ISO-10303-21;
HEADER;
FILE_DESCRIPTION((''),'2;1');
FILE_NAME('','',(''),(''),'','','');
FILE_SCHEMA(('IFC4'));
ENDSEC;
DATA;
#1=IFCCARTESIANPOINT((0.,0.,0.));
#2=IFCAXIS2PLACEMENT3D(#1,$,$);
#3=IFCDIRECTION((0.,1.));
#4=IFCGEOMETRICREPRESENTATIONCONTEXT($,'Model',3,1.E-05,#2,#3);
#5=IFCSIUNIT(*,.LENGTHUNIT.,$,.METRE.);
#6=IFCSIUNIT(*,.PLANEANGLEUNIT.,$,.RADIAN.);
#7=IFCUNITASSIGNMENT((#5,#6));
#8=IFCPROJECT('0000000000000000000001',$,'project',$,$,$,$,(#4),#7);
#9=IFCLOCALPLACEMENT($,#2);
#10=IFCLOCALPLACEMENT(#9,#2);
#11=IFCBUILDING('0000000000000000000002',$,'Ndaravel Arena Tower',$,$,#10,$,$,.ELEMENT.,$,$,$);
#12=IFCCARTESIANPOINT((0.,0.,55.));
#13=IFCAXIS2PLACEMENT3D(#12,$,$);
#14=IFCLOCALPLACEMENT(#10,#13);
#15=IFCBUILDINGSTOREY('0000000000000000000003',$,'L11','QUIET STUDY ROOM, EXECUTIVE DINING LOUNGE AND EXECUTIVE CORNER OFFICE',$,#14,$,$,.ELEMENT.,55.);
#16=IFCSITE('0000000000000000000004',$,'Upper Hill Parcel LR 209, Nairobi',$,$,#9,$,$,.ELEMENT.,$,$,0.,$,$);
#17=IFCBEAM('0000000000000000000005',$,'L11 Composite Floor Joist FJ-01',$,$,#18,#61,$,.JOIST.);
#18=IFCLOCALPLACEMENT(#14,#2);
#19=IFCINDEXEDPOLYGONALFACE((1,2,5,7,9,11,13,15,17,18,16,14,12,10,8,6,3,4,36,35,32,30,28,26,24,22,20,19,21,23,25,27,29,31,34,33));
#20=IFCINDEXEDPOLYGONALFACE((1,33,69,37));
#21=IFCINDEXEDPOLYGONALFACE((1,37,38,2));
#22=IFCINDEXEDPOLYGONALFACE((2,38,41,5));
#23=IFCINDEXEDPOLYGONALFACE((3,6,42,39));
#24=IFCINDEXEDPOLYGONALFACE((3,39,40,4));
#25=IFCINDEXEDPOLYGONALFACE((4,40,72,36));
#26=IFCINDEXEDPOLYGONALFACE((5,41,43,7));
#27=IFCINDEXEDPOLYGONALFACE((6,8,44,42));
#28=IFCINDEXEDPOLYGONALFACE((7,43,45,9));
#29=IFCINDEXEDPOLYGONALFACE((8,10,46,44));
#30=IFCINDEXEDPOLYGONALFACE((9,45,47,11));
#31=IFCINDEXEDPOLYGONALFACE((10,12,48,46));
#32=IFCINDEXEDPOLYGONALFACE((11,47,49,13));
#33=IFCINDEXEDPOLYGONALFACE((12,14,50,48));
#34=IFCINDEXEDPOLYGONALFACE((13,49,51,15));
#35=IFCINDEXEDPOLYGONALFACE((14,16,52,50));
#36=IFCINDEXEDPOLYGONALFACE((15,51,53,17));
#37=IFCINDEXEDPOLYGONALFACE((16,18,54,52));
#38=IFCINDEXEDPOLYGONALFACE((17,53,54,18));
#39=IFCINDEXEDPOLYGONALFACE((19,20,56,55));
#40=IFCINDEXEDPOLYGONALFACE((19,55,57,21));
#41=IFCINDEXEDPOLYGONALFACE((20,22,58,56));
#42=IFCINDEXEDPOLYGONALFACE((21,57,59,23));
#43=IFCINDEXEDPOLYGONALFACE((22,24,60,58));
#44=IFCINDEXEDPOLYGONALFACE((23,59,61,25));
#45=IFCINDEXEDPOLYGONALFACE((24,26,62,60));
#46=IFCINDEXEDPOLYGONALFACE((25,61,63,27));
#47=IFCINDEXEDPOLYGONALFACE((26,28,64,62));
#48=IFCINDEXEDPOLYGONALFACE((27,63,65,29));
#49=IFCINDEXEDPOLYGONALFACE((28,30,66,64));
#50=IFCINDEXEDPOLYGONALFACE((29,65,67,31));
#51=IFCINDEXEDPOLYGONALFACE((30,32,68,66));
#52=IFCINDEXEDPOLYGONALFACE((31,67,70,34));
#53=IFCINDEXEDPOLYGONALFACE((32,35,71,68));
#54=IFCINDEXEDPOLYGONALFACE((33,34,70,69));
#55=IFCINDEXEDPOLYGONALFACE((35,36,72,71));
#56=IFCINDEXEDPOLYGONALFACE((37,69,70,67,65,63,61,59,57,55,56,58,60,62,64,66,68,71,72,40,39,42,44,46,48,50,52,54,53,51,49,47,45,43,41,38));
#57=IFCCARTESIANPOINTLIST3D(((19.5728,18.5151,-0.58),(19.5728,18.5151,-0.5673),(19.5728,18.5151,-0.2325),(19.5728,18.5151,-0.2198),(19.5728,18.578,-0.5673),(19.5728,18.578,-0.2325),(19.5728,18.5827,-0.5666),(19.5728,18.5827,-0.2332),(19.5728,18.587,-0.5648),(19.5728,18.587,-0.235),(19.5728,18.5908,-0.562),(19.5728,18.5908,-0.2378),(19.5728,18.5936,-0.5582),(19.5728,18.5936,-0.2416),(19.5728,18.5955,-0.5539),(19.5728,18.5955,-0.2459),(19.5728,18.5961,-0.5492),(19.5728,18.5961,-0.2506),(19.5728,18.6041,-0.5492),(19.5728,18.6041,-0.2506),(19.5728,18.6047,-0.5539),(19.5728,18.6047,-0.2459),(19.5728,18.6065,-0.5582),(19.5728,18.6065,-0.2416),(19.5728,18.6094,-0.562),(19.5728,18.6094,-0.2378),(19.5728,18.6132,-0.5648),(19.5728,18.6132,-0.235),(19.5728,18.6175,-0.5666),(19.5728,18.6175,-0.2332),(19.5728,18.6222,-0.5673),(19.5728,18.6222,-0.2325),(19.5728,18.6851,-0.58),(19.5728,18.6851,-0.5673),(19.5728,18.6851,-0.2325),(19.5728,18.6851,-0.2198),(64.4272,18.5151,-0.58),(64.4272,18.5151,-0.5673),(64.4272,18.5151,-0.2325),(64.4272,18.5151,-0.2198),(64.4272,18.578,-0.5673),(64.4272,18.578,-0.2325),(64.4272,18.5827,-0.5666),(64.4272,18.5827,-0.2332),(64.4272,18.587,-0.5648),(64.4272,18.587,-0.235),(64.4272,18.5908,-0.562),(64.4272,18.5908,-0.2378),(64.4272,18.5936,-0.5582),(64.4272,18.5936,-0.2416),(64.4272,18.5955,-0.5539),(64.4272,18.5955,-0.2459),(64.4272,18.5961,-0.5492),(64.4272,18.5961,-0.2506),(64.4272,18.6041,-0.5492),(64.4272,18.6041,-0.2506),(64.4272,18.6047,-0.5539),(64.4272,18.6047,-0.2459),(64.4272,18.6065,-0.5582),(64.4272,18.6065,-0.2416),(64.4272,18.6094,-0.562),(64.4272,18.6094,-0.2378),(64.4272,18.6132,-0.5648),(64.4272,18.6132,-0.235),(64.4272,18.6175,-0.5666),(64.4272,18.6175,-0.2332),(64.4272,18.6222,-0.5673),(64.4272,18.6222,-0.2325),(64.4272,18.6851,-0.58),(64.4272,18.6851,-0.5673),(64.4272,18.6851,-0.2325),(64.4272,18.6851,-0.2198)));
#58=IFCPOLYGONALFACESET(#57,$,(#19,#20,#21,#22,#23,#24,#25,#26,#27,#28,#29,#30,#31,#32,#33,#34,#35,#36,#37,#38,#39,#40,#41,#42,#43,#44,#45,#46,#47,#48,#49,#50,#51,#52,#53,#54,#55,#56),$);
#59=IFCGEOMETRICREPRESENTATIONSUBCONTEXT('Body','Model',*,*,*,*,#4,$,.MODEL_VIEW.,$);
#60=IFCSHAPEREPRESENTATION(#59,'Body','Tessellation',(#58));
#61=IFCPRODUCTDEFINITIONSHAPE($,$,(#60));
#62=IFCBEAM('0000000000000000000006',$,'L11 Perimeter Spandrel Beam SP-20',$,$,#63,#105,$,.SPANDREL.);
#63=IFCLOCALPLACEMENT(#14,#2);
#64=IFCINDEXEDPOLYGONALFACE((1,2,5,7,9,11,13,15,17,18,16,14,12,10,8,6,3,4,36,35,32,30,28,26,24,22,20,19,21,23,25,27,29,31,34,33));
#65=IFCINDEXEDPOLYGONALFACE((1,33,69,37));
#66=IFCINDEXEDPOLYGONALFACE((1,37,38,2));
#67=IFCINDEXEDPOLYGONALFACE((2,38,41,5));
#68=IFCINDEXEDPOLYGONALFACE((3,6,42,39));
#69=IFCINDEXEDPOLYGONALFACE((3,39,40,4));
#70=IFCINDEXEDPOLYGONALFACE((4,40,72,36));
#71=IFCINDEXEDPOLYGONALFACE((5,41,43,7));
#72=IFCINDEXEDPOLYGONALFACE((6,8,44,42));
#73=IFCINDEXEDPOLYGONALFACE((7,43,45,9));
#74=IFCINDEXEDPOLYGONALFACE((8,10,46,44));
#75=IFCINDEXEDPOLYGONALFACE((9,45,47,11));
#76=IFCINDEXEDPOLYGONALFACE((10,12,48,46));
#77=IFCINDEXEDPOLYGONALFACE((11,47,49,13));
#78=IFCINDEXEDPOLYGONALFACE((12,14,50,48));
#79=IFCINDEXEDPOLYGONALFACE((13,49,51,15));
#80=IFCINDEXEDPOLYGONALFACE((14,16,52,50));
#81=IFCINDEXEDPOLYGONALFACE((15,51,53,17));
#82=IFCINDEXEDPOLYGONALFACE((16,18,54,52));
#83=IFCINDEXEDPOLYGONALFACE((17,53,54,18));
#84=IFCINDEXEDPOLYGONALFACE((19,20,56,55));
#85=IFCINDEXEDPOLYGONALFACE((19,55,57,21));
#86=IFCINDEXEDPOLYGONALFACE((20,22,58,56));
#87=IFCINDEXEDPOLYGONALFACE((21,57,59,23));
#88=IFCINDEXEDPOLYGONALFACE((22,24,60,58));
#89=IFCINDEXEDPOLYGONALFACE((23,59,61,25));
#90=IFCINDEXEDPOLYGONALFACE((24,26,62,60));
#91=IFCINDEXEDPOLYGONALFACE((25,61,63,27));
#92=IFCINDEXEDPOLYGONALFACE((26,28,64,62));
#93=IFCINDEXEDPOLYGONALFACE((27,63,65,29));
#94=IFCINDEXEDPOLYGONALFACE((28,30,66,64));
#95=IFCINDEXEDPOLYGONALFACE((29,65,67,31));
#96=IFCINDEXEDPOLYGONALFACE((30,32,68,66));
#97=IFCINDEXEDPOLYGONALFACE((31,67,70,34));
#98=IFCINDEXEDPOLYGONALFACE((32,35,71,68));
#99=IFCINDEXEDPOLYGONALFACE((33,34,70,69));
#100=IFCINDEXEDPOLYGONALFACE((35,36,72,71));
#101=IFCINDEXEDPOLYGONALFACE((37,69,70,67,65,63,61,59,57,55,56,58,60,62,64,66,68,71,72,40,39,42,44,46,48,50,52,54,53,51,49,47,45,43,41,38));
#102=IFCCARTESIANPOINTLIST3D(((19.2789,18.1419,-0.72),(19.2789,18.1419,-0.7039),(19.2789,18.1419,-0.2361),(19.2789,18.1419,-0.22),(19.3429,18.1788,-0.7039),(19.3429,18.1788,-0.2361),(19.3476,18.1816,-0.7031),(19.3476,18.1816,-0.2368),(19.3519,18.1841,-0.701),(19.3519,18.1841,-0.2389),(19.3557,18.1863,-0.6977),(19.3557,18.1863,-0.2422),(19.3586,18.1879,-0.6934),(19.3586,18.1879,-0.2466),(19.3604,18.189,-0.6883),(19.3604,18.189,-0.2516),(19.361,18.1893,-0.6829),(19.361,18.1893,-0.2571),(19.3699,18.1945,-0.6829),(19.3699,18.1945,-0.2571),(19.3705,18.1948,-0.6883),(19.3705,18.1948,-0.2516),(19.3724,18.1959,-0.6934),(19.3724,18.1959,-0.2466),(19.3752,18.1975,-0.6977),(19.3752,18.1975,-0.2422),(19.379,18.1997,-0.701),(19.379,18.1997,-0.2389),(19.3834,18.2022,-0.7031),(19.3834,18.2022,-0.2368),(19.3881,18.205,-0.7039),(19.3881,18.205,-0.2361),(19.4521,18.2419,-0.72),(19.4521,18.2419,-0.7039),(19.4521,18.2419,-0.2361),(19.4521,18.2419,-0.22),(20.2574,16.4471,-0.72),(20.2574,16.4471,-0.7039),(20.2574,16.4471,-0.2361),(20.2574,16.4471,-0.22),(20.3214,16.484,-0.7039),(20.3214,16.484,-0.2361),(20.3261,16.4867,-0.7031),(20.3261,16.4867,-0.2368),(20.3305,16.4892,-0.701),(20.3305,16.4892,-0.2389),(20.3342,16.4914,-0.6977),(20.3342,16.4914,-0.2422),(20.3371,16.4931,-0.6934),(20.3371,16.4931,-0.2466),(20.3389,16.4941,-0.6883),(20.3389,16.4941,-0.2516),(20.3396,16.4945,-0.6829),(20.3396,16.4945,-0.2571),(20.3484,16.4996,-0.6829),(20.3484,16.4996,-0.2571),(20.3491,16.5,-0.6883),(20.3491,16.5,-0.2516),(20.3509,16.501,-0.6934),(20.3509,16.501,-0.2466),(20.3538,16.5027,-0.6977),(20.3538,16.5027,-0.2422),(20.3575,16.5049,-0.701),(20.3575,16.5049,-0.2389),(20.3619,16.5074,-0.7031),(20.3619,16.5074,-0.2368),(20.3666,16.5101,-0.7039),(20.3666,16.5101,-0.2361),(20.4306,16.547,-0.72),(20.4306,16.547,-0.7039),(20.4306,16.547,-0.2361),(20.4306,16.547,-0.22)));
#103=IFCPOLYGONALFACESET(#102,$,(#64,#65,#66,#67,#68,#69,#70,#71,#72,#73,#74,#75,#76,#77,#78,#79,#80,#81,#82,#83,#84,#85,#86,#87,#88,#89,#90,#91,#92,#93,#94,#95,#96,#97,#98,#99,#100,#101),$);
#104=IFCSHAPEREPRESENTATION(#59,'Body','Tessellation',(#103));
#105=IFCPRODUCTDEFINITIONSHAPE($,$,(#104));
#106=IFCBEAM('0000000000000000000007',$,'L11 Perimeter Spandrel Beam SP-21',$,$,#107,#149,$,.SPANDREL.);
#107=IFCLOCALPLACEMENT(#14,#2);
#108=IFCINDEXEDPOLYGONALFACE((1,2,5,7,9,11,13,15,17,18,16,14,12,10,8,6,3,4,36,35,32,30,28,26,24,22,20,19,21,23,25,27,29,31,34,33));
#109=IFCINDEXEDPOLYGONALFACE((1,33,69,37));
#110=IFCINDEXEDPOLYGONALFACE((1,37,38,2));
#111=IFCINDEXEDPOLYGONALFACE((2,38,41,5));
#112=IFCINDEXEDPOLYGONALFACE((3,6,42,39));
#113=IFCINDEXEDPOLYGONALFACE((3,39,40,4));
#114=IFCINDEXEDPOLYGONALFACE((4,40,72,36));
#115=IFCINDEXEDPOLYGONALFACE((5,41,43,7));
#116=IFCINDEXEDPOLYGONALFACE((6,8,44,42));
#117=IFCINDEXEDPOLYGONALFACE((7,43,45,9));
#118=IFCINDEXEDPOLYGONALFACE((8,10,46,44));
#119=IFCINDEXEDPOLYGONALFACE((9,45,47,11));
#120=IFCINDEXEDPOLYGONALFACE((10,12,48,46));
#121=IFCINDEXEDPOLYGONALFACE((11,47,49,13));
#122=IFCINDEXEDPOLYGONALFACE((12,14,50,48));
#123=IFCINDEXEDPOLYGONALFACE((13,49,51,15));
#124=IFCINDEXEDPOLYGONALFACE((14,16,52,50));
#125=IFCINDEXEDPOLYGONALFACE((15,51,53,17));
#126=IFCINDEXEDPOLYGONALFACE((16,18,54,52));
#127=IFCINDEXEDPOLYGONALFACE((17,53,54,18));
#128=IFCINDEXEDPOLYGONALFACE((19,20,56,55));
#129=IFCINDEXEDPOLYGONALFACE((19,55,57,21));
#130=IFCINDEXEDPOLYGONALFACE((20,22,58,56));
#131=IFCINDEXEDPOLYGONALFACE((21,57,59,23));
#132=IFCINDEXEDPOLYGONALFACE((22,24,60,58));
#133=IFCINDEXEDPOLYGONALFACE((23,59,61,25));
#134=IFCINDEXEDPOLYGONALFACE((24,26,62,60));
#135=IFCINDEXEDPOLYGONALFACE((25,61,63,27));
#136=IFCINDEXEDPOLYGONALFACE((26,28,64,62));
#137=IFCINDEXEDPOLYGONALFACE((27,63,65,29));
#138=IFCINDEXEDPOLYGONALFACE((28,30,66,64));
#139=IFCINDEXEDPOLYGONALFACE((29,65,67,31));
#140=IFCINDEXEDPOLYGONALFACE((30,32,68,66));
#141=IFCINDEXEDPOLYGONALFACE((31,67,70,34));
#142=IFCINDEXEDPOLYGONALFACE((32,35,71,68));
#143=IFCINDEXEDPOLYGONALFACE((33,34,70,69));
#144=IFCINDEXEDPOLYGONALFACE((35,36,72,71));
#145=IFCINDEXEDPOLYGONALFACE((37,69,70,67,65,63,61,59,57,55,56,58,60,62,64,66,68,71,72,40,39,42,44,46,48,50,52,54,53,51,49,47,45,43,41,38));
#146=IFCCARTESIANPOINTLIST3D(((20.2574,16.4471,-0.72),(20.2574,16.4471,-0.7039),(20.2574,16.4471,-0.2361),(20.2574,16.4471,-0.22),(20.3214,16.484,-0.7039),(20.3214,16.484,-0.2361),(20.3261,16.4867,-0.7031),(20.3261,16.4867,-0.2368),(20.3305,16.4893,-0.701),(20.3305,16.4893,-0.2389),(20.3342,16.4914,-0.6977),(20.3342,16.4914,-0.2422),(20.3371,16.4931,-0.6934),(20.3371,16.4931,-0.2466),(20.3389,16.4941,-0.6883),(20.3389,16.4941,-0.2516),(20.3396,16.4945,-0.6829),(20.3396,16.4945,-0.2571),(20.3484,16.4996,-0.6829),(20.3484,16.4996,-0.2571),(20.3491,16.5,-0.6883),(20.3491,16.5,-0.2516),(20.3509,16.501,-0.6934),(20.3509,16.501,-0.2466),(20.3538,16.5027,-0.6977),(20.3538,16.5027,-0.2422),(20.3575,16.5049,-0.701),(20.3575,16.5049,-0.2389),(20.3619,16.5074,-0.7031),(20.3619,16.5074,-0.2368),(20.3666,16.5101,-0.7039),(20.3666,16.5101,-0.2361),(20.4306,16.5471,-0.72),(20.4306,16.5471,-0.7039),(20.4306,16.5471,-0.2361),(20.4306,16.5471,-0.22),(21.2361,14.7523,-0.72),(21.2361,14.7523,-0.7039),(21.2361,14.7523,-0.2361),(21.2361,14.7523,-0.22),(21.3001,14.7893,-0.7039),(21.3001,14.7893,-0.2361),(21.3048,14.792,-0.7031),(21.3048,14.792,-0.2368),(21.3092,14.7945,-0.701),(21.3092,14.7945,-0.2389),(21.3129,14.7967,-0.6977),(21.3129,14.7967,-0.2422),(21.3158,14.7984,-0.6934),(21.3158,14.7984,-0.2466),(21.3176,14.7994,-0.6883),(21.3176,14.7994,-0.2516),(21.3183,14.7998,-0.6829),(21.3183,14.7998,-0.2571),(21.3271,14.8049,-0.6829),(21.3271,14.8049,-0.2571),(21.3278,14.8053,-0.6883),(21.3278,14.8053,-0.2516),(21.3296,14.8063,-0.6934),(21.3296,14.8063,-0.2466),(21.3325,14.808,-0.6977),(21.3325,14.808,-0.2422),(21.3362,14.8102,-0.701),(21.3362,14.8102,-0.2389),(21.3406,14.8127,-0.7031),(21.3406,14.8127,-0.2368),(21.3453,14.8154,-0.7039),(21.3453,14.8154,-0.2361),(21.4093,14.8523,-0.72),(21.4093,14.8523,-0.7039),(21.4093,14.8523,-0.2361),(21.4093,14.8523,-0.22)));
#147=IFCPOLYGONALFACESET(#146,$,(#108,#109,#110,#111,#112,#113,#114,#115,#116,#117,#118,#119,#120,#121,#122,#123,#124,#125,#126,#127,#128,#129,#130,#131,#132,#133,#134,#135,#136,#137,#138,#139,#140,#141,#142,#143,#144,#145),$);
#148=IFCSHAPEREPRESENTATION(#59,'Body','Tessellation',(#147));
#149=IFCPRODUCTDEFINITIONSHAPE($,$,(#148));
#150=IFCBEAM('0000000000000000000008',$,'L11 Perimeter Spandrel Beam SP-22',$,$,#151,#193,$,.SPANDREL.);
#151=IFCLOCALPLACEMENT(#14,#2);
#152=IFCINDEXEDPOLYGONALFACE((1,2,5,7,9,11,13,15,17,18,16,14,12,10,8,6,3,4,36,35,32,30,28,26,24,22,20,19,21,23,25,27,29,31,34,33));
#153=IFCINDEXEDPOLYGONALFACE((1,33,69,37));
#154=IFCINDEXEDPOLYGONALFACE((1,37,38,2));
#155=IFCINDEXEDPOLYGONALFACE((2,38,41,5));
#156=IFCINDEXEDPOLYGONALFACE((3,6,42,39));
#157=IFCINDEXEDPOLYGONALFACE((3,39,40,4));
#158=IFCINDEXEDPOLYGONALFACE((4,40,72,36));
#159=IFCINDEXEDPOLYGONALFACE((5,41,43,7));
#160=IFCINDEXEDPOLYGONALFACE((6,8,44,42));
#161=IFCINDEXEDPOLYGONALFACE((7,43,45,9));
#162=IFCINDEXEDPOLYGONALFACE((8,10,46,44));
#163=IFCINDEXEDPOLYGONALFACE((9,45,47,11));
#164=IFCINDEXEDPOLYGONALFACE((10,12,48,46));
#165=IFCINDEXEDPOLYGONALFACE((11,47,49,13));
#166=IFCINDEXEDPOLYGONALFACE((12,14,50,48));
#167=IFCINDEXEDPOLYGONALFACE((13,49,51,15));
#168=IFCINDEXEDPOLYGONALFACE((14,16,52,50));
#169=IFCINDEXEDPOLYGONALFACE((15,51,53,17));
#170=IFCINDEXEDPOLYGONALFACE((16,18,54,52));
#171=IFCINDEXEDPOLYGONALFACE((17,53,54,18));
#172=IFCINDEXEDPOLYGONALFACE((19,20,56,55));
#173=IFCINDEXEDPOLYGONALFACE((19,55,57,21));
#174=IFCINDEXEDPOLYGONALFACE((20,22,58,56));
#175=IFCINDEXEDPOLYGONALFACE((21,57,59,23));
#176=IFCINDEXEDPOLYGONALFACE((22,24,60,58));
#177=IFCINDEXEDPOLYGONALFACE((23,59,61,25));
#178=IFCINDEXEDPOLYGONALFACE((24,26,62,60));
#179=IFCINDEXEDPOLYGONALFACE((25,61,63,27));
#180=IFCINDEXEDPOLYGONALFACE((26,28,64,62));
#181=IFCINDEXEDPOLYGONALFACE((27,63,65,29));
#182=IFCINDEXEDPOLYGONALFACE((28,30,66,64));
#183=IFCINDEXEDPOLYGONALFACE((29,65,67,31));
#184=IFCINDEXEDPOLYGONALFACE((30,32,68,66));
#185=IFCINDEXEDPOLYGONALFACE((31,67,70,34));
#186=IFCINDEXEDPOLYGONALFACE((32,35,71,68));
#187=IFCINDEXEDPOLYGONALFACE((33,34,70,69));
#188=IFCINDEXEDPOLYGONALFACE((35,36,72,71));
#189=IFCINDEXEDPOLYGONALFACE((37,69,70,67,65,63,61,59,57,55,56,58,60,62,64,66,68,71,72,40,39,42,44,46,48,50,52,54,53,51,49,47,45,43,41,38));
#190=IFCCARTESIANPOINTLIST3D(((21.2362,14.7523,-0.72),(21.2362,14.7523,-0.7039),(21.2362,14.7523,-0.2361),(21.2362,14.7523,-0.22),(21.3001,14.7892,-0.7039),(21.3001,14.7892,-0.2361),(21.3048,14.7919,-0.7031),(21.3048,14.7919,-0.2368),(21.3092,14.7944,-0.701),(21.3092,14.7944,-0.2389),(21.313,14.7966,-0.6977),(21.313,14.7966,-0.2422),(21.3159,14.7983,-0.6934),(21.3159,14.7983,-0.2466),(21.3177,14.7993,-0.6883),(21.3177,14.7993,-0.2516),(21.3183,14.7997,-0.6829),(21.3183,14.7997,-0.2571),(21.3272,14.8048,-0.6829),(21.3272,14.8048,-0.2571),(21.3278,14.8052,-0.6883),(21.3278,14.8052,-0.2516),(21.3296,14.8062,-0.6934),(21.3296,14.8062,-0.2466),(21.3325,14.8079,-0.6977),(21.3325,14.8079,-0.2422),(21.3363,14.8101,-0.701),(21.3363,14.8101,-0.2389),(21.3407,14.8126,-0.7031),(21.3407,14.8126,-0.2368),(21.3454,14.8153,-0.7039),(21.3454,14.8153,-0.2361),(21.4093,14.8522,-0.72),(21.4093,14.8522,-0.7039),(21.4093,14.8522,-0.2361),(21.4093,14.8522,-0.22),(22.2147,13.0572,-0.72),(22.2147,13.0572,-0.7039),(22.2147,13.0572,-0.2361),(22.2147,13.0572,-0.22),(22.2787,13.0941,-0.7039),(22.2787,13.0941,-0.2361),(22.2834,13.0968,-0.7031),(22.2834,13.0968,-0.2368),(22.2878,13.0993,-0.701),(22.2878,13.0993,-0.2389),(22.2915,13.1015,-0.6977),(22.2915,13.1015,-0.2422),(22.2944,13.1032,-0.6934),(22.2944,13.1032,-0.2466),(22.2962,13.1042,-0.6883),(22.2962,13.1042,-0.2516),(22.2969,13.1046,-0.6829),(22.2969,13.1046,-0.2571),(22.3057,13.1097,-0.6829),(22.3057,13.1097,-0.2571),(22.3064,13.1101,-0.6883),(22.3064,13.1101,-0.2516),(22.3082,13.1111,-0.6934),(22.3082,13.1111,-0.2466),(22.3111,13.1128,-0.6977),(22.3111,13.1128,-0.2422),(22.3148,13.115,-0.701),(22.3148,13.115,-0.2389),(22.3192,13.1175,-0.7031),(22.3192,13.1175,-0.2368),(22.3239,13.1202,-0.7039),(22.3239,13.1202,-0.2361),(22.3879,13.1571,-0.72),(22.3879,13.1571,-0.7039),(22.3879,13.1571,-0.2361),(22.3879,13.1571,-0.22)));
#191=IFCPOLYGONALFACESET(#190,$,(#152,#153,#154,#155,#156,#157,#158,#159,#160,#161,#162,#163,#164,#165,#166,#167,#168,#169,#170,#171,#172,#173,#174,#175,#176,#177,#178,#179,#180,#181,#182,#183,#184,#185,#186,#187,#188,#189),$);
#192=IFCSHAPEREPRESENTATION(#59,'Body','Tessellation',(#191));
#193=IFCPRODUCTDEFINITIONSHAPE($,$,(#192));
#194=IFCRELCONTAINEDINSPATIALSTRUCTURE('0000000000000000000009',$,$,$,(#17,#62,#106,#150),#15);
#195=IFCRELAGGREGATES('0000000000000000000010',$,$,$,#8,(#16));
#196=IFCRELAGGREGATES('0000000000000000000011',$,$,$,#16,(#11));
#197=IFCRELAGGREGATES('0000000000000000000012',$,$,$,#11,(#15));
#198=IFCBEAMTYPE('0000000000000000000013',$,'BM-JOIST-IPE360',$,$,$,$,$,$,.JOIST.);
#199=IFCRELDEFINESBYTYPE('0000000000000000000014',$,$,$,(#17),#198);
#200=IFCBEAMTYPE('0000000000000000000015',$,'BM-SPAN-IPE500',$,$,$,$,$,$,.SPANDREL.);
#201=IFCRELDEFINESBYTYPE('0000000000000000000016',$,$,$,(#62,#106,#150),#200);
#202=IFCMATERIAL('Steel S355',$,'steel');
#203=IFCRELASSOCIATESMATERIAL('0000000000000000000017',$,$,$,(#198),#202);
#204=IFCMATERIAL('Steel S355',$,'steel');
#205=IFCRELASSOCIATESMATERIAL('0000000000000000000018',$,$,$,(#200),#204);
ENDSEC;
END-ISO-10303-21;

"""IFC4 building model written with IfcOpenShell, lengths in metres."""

from ifc_helpers import new_model, si_unit, direction, frame, origin, origin_2d, place, context, subcontext, project, spatial, i_section, extrude, material, material_profile, profile_set, type_object, element, save


model = new_model("IFC4")

# Units and contexts
model_context = context("Model", 3, precision=1e-05, world=origin(), true_north=direction((0.0, 1.0)))
body_context = subcontext(model_context, "Body", "Model", "MODEL_VIEW")
ifc_project = project(units=[si_unit("LENGTHUNIT", "METRE"), si_unit("PLANEANGLEUNIT", "RADIAN")], contexts=[model_context])

# Site, building, storey
site_placement = place(None, origin())
site = spatial("IfcSite", under=ifc_project, at=site_placement, Name="Upper Hill Parcel LR 209, Nairobi", CompositionType="ELEMENT", RefElevation=0.0)
building_placement = place(site_placement, origin())
building = spatial("IfcBuilding", under=site, at=building_placement, Name="Ndaravel Arena Tower", CompositionType="ELEMENT")
storey_placement = place(building_placement, frame((0.0, 0.0, 55.0)))
storey = spatial("IfcBuildingStorey", under=building, at=storey_placement, Name="L11", Description="QUIET STUDY ROOM, EXECUTIVE DINING LOUNGE AND EXECUTIVE CORNER OFFICE", CompositionType="ELEMENT", Elevation=55.0)

# Beams
ifc_material_1 = material(Name="Steel S355", Category="steel")
ifc_material_profile_1 = material_profile(ifc_material_1, i_section(OverallWidth=0.1699, OverallDepth=0.3601, WebThickness=0.0081, FlangeThickness=0.0127, FilletRadius=0.0181, at=origin_2d()), Name="IPE 360")
ifc_profile_set_1 = profile_set([ifc_material_profile_1], Name="Steel S355")
beam_type_1 = type_object("IfcBeamType", Name="BM-JOIST-IPE360", PredefinedType="JOIST", material=ifc_profile_set_1)
beam_1_placement = place(storey_placement, frame((19.5728, 18.6001, -0.3999), z_axis=(1.0, 0.0, 0.0), x_axis=(0.0, 1.0, 0.0)))
element("IfcBeam", 1, at=beam_1_placement, inside=storey, type_object=beam_type_1, Name="L11 Composite Floor Joist FJ-01", PredefinedType="JOIST", context=body_context, shape_type="SweptSolid", body=[
    extrude(i_section(OverallWidth=0.1699, OverallDepth=0.3601, WebThickness=0.0081, FlangeThickness=0.0127, FilletRadius=0.0181, at=origin_2d()), origin(), (0.0, 0.0, 1.0), 44.8545),
])
ifc_material_2 = material(Name="Steel S355", Category="steel")
ifc_material_profile_2 = material_profile(ifc_material_2, i_section(OverallWidth=0.2, OverallDepth=0.5, WebThickness=0.0103, FlangeThickness=0.0161, FilletRadius=0.021, at=origin_2d()), Name="IPE 500")
ifc_profile_set_2 = profile_set([ifc_material_profile_2], Name="Steel S355")
beam_type_2 = type_object("IfcBeamType", Name="BM-SPAN-IPE500", PredefinedType="SPANDREL", material=ifc_profile_set_2)
for number, where, z_axis, x_axis, name in (
    (2, (19.3655, 18.1919, -0.47), (0.500003, -0.866024, 0.0), (0.866024, 0.500003, 0.0), "L11 Perimeter Spandrel Beam SP-20"),
    (3, (20.344, 16.4971, -0.47), (0.500097, -0.86597, 0.0), (0.86597, 0.500097, 0.0), "L11 Perimeter Spandrel Beam SP-21"),
):
    element("IfcBeam", number, at=place(storey_placement, frame(where, z_axis=z_axis, x_axis=x_axis)), inside=storey, type_object=beam_type_2, Name=name, PredefinedType="SPANDREL", context=body_context, shape_type="SweptSolid", body=[
        extrude(i_section(OverallWidth=0.2, OverallDepth=0.5, WebThickness=0.0103, FlangeThickness=0.0161, FilletRadius=0.021, at=origin_2d()), origin(), (0.0, 0.0, 1.0), 1.957),
    ])
beam_2_placement = place(storey_placement, frame((21.3228, 14.8022, -0.47), z_axis=(0.499949, -0.866055, 0.0), x_axis=(0.866055, 0.499949, 0.0)))
element("IfcBeam", 4, at=beam_2_placement, inside=storey, type_object=beam_type_2, Name="L11 Perimeter Spandrel Beam SP-22", PredefinedType="SPANDREL", context=body_context, shape_type="SweptSolid", body=[
    extrude(i_section(OverallWidth=0.2, OverallDepth=0.5, WebThickness=0.0103, FlangeThickness=0.0161, FilletRadius=0.021, at=origin_2d()), origin(), (0.0, 0.0, 1.0), 1.9573),
])

save(model, "model.ifc")
